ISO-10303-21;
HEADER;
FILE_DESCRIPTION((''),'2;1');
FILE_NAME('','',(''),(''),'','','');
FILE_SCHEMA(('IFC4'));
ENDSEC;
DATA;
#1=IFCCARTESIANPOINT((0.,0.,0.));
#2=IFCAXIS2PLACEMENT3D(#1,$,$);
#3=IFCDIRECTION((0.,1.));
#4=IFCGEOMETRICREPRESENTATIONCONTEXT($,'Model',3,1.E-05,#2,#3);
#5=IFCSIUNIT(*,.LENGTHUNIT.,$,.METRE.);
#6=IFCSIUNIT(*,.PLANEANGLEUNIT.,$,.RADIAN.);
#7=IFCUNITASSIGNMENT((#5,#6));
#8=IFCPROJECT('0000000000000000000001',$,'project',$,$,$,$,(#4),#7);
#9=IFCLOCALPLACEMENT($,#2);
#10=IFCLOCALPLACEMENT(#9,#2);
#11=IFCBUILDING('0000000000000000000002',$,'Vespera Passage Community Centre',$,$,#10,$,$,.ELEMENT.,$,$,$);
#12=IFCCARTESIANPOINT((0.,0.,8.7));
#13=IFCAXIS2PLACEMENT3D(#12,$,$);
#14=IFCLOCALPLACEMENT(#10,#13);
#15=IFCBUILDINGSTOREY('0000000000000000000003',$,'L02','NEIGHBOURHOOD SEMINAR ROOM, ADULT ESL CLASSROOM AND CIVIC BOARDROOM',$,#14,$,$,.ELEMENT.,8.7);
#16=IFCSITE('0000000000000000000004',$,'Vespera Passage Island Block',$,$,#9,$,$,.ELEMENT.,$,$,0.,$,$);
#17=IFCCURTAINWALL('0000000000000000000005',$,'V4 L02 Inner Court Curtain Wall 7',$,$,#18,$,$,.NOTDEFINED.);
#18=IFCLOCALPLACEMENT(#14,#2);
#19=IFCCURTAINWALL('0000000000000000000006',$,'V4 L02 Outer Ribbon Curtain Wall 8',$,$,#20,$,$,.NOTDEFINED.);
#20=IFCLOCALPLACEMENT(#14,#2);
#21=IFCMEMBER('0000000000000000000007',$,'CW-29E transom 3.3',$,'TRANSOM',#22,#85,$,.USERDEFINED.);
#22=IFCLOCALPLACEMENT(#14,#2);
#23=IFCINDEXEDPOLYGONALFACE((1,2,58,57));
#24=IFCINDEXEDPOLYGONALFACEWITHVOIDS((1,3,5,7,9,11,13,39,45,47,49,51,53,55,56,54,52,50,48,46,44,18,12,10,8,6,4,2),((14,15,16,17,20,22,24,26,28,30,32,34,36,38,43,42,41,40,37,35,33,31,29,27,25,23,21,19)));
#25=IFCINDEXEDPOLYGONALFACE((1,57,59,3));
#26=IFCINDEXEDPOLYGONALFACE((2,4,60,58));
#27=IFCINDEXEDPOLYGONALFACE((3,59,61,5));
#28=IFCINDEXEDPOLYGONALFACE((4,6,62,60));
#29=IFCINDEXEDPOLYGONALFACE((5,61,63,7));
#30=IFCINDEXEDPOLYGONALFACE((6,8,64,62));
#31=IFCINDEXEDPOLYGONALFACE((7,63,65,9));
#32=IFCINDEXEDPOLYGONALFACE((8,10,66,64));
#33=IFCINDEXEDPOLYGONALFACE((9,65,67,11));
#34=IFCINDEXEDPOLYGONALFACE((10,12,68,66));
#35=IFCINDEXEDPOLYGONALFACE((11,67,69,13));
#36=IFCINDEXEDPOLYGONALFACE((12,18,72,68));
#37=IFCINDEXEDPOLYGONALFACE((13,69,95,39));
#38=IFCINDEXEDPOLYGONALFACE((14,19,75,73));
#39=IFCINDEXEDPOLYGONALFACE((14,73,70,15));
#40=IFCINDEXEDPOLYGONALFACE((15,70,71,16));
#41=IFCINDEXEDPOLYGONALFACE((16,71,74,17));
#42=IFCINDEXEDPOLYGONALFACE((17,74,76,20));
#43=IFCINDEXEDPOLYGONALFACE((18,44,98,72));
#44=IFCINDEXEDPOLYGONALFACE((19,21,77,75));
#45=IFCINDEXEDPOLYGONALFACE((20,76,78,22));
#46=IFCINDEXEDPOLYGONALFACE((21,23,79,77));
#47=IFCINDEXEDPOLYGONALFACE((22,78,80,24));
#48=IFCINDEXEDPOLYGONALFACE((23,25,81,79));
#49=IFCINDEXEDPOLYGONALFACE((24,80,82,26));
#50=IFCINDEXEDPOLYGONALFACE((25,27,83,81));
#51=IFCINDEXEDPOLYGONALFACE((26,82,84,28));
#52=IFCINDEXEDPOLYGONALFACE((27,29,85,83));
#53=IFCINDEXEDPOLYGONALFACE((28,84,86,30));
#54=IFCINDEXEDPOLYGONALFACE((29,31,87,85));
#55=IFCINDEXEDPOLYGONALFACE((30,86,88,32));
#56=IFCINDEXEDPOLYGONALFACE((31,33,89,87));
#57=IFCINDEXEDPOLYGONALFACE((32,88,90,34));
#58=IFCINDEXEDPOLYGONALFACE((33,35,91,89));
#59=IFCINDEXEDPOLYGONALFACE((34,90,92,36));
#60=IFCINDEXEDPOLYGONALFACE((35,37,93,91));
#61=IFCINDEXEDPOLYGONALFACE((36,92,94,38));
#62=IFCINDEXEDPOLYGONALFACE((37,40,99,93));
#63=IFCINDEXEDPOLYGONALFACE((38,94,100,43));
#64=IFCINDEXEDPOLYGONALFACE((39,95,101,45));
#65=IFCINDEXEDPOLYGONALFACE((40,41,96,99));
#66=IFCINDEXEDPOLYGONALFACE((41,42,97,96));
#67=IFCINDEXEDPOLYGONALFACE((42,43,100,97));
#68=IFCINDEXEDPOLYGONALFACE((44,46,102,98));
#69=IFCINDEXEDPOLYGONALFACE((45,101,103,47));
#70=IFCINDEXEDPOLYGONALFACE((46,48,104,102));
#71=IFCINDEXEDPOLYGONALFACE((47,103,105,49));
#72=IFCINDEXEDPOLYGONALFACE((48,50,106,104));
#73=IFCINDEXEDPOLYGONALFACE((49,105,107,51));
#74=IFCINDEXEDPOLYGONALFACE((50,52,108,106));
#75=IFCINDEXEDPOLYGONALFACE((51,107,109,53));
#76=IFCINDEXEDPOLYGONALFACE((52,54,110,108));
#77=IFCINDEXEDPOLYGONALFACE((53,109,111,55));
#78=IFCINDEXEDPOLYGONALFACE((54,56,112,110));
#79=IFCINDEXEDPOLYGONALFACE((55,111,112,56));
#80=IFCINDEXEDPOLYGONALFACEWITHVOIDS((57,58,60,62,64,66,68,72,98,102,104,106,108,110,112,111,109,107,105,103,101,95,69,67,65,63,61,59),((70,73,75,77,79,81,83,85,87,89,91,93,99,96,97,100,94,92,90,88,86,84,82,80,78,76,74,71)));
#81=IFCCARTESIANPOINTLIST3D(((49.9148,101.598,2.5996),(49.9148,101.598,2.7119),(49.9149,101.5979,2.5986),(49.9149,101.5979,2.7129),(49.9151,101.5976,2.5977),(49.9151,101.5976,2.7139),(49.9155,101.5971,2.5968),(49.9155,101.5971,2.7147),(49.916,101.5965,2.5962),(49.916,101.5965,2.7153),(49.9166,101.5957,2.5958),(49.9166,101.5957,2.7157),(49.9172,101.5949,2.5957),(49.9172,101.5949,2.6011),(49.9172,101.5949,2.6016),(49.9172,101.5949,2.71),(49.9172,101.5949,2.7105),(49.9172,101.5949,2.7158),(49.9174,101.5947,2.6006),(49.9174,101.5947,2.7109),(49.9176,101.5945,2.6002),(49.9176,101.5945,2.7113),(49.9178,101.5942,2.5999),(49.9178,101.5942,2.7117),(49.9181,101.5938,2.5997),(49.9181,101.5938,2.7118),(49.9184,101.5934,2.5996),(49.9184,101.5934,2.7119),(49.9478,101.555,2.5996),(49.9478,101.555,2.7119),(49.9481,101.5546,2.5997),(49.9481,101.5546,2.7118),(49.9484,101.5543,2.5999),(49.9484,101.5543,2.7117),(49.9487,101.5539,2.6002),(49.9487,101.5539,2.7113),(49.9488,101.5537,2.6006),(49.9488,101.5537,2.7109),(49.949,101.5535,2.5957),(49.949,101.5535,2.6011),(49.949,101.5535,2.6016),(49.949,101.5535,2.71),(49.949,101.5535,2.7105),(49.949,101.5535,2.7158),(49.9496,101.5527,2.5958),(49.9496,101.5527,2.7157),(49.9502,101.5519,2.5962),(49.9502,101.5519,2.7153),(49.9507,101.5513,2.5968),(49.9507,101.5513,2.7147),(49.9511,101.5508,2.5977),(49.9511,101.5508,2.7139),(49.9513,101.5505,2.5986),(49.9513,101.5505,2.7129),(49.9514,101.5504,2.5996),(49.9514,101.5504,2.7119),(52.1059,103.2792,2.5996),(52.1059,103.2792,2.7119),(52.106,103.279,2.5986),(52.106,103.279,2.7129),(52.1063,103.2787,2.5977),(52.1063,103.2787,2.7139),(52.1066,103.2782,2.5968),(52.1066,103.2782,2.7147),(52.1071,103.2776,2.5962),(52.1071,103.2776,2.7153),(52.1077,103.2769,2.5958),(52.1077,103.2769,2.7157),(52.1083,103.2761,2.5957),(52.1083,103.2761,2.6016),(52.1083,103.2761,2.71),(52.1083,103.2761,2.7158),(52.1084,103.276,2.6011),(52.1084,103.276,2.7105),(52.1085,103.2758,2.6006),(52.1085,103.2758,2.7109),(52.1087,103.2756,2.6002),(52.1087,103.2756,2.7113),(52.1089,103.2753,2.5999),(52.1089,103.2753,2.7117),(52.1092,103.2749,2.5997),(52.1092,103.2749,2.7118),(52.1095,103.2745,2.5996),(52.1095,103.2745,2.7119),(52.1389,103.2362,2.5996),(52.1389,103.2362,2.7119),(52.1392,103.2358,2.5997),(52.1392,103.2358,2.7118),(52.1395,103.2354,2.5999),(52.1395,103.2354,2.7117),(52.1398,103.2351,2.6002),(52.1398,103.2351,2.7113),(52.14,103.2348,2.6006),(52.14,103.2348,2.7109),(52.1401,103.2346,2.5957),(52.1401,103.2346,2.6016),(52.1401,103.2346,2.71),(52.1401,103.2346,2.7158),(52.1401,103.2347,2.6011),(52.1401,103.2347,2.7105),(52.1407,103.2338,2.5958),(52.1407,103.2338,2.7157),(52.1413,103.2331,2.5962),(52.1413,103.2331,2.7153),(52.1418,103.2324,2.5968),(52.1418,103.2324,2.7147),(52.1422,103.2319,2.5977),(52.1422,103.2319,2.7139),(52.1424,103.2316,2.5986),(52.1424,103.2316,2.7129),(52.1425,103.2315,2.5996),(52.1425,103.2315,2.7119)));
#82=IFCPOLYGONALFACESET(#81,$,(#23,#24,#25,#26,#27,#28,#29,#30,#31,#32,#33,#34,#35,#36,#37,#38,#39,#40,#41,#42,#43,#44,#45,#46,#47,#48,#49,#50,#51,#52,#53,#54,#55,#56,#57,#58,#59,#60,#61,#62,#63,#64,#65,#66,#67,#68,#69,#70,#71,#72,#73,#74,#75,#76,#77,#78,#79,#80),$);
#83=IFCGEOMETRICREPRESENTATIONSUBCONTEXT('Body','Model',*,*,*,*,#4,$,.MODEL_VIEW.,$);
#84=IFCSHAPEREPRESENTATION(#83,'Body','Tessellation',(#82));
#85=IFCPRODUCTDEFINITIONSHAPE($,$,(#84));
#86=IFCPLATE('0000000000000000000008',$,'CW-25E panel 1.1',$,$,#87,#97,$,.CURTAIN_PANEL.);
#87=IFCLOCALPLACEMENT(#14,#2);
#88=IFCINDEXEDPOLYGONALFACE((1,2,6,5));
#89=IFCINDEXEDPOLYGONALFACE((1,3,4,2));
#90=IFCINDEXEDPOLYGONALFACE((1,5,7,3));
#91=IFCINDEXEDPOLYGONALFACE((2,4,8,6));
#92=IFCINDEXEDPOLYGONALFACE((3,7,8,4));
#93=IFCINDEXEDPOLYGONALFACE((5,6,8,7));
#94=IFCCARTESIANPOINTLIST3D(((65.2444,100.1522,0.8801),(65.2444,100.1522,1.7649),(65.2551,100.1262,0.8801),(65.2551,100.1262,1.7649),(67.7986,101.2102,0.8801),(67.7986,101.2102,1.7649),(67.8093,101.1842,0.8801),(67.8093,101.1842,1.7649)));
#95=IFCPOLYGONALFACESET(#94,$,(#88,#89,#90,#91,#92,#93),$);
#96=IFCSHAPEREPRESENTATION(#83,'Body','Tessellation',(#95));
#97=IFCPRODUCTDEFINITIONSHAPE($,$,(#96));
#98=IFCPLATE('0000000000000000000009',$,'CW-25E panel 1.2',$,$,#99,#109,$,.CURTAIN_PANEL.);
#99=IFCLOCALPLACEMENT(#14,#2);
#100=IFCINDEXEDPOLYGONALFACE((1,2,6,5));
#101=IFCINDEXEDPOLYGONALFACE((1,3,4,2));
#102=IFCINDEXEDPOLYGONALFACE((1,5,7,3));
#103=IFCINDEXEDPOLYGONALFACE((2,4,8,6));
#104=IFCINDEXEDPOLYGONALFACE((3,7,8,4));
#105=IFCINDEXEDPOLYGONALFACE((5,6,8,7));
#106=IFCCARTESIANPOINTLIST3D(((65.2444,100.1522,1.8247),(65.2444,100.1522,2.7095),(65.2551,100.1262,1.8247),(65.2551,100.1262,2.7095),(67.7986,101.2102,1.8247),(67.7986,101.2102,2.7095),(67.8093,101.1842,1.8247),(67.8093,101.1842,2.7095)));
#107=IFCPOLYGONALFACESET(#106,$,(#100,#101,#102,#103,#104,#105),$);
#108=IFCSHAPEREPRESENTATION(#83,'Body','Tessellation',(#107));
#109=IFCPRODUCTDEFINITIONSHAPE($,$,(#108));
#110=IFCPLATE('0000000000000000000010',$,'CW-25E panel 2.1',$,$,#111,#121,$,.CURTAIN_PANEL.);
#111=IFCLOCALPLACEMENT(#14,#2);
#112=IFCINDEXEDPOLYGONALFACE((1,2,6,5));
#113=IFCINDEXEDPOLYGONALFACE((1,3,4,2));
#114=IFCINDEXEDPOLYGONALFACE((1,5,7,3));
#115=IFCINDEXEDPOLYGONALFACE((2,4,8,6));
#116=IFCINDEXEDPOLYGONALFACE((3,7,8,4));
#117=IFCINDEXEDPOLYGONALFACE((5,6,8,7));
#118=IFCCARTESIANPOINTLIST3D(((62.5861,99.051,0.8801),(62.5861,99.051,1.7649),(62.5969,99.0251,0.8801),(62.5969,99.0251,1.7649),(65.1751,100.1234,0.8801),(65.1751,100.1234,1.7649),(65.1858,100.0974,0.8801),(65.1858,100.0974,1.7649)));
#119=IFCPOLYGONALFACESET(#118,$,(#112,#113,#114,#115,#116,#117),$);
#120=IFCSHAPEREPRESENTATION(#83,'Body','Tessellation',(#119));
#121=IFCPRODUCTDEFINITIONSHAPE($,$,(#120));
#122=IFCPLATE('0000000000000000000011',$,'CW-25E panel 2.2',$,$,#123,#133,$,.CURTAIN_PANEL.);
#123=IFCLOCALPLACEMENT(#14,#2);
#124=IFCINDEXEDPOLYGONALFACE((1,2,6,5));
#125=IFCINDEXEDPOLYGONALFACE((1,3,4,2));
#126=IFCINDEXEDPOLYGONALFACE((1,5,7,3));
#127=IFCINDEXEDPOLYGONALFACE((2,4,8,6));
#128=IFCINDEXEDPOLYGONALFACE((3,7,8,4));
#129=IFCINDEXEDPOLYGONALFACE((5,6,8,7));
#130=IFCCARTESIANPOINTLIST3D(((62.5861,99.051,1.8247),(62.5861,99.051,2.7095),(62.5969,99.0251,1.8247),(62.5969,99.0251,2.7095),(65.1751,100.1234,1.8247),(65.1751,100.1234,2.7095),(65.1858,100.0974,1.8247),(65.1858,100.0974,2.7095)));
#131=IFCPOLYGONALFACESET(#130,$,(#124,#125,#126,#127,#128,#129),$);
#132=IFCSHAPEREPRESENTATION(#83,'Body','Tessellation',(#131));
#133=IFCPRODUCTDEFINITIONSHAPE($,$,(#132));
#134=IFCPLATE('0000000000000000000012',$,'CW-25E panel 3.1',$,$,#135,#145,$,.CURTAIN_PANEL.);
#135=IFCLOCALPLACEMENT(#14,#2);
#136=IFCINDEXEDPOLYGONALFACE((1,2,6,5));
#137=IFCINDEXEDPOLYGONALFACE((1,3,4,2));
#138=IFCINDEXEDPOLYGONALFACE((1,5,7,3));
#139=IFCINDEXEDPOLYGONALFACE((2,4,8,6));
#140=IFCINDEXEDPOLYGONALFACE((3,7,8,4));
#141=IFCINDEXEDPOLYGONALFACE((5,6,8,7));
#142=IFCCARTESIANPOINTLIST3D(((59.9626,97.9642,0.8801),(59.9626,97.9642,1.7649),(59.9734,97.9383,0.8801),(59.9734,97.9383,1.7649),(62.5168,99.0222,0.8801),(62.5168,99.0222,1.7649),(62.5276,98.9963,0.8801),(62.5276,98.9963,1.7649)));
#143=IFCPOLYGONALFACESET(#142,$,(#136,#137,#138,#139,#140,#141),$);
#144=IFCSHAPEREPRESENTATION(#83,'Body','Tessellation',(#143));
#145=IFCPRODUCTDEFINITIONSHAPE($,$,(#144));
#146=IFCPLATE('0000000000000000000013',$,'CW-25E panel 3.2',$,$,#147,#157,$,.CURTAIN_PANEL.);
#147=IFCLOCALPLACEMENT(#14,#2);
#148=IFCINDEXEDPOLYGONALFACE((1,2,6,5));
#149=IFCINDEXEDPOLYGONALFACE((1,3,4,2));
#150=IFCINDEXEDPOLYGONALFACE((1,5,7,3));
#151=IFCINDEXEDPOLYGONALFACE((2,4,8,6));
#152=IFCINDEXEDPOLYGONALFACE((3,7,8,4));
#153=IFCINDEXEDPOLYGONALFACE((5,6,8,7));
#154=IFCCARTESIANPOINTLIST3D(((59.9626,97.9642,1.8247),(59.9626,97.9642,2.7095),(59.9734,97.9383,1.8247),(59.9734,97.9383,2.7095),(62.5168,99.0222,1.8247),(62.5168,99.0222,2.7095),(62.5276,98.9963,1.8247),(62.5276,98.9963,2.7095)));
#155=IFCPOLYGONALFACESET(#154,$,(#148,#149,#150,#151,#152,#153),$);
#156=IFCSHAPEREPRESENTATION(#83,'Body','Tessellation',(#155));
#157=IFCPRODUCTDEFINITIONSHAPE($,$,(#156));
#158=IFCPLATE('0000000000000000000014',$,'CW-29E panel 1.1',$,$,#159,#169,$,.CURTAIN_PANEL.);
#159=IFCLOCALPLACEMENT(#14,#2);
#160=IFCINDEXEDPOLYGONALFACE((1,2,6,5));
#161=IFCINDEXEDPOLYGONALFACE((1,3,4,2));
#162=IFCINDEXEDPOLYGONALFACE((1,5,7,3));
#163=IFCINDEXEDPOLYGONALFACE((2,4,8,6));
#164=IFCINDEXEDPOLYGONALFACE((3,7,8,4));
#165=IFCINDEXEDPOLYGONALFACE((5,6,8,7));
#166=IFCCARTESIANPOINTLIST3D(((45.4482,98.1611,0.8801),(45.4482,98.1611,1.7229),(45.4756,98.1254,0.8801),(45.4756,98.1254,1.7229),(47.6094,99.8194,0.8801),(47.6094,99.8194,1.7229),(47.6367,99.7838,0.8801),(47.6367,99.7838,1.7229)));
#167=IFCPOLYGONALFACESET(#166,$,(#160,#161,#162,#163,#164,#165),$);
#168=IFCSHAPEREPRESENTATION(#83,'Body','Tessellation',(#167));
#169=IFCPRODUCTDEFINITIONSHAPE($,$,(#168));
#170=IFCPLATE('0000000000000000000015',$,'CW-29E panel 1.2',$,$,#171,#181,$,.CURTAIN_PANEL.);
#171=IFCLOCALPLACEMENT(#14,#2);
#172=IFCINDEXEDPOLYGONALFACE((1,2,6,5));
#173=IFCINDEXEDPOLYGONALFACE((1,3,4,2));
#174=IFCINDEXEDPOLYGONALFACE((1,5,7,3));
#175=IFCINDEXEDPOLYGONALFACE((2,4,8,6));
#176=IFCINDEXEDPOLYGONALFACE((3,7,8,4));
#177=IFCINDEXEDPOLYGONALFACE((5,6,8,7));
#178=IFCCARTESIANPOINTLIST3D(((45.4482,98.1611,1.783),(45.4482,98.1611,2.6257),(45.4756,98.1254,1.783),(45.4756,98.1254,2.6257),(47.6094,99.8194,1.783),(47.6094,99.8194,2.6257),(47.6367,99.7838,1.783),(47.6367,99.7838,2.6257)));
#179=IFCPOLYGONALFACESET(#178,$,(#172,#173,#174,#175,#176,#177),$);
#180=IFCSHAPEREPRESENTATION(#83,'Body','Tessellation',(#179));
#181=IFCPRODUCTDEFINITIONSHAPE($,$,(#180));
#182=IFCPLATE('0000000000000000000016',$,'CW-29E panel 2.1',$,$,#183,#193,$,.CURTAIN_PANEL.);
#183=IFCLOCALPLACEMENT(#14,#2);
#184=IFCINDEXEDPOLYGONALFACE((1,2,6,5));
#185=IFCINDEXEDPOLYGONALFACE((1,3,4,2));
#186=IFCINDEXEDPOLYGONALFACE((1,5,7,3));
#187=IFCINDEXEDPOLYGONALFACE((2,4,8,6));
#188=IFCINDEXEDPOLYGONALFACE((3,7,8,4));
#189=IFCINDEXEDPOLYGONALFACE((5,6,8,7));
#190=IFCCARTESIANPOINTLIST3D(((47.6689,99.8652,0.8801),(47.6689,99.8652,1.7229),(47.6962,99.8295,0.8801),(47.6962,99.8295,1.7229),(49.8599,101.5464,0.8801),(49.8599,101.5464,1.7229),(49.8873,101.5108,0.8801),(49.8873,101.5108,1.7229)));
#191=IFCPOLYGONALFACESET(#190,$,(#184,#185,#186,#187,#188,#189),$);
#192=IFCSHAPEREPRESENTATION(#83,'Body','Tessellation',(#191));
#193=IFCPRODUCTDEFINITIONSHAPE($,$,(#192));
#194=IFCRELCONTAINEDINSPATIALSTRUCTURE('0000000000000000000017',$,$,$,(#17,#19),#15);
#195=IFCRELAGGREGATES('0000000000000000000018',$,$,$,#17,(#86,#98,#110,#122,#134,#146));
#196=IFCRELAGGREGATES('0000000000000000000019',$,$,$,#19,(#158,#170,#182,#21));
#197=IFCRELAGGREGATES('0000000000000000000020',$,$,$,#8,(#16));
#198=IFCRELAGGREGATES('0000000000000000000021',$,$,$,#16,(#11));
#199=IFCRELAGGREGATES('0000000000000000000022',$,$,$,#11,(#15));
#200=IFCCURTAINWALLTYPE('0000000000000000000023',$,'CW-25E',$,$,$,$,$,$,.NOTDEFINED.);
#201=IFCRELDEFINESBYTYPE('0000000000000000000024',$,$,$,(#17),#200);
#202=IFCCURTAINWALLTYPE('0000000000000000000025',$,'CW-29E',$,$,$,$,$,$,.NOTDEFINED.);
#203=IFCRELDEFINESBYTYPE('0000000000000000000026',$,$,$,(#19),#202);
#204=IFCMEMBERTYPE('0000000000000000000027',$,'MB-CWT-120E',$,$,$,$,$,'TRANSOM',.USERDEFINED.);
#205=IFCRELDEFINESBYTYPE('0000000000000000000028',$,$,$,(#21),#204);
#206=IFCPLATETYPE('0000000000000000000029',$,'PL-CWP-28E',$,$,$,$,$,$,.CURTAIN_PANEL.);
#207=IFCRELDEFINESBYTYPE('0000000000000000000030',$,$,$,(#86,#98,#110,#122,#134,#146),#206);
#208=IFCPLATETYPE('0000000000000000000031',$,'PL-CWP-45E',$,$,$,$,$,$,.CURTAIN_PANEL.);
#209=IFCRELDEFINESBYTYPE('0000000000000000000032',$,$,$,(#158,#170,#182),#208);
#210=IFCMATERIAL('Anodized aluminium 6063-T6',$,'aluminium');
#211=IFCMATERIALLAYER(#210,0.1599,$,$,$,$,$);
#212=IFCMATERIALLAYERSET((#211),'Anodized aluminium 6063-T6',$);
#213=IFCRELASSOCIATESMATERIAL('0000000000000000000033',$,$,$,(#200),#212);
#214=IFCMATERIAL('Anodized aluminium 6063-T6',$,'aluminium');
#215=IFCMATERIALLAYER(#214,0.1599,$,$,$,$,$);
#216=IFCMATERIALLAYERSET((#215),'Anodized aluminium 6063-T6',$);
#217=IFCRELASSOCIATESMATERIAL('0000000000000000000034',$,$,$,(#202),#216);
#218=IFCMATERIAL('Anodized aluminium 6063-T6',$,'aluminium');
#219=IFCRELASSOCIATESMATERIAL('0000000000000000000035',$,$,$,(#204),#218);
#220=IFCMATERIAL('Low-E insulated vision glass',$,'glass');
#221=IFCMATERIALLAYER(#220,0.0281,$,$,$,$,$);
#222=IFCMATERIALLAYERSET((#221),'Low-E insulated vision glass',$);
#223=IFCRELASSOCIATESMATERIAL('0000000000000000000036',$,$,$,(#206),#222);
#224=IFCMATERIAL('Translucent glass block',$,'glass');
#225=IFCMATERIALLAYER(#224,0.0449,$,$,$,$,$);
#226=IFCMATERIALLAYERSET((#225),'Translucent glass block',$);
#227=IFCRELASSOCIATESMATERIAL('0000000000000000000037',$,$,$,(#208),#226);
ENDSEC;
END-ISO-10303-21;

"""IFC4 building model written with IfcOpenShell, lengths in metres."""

from ifc_helpers import new_model, si_unit, direction, frame, origin, origin_2d, place, context, subcontext, project, spatial, rectangle, hollow_rectangle, extrude, material, layer, layer_set, material_profile, profile_set, type_object, element, aggregate, save


model = new_model("IFC4")

# Units and contexts
model_context = context("Model", 3, precision=1e-05, world=origin(), true_north=direction((0.0, 1.0)))
body_context = subcontext(model_context, "Body", "Model", "MODEL_VIEW")
ifc_project = project(units=[si_unit("LENGTHUNIT", "METRE"), si_unit("PLANEANGLEUNIT", "RADIAN")], contexts=[model_context])

# Site, building, storey
site_placement = place(None, origin())
site = spatial("IfcSite", under=ifc_project, at=site_placement, Name="Vespera Passage Island Block", CompositionType="ELEMENT", RefElevation=0.0)
building_placement = place(site_placement, origin())
building = spatial("IfcBuilding", under=site, at=building_placement, Name="Vespera Passage Community Centre", CompositionType="ELEMENT")
storey_placement = place(building_placement, frame((0.0, 0.0, 8.7)))
storey = spatial("IfcBuildingStorey", under=building, at=storey_placement, Name="L02", Description="NEIGHBOURHOOD SEMINAR ROOM, ADULT ESL CLASSROOM AND CIVIC BOARDROOM", CompositionType="ELEMENT", Elevation=8.7)

# Curtain walls
ifc_material_1 = material(Name="Anodized aluminium 6063-T6", Category="aluminium")
ifc_layer_1 = layer(ifc_material_1, 0.1599)
ifc_layer_set_1 = layer_set([ifc_layer_1], Name="Anodized aluminium 6063-T6")
curtain_wall_type_1 = type_object("IfcCurtainWallType", Name="CW-25E", PredefinedType="NOTDEFINED", material=ifc_layer_set_1)
curtain_wall_1_placement = place(storey_placement, origin())
curtain_wall_1 = element("IfcCurtainWall", 1, at=curtain_wall_1_placement, inside=storey, type_object=curtain_wall_type_1, Name="V4 L02 Inner Court Curtain Wall 7", PredefinedType="NOTDEFINED")
ifc_material_2 = material(Name="Anodized aluminium 6063-T6", Category="aluminium")
ifc_layer_2 = layer(ifc_material_2, 0.1599)
ifc_layer_set_2 = layer_set([ifc_layer_2], Name="Anodized aluminium 6063-T6")
curtain_wall_type_2 = type_object("IfcCurtainWallType", Name="CW-29E", PredefinedType="NOTDEFINED", material=ifc_layer_set_2)
curtain_wall_2_placement = place(storey_placement, origin())
curtain_wall_2 = element("IfcCurtainWall", 2, at=curtain_wall_2_placement, inside=storey, type_object=curtain_wall_type_2, Name="V4 L02 Outer Ribbon Curtain Wall 8", PredefinedType="NOTDEFINED")

# Member
ifc_material_3 = material(Name="Anodized aluminium 6063-T6", Category="aluminium")
ifc_material_profile_1 = material_profile(ifc_material_3, hollow_rectangle(XDim=0.0601, YDim=0.1201, WallThickness=0.0039, InnerFilletRadius=0.002, OuterFilletRadius=0.0039, at=origin_2d()), Name="ALU120X60X4")
ifc_profile_set_1 = profile_set([ifc_material_profile_1], Name="Anodized aluminium 6063-T6")
member_type_1 = type_object("IfcMemberType", Name="MB-CWT-120E", ElementType="TRANSOM", PredefinedType="USERDEFINED", material=ifc_profile_set_1)
member_1_placement = place(storey_placement, frame((49.9331, 101.5742, 2.6558), z_axis=(0.793386, 0.608719, 0.0), x_axis=(-0.608719, 0.793386, 0.0)))
member_1 = element("IfcMember", 3, at=member_1_placement, type_object=member_type_1, Name="CW-29E transom 3.3", ObjectType="TRANSOM", PredefinedType="USERDEFINED", context=body_context, shape_type="SweptSolid", body=[
    extrude(hollow_rectangle(XDim=0.0601, YDim=0.1201, WallThickness=0.0039, InnerFilletRadius=0.002, OuterFilletRadius=0.0039, at=origin_2d()), origin(), (0.0, 0.0, 1.0), 2.7617),
])

# Plates
ifc_material_4 = material(Name="Low-E insulated vision glass", Category="glass")
ifc_layer_3 = layer(ifc_material_4, 0.0281)
ifc_layer_set_3 = layer_set([ifc_layer_3], Name="Low-E insulated vision glass")
plate_type_1 = type_object("IfcPlateType", Name="PL-CWP-28E", PredefinedType="CURTAIN_PANEL", material=ifc_layer_set_3)
plate_1_placement = place(storey_placement, frame((66.5269, 100.6682, 0.8801), z_axis=(0.0, 0.0, 1.0), x_axis=(-0.923877, -0.38269, 0.0)))
plate_1 = element("IfcPlate", 4, at=plate_1_placement, type_object=plate_type_1, Name="CW-25E panel 1.1", PredefinedType="CURTAIN_PANEL", context=body_context, shape_type="SweptSolid", body=[
    extrude(rectangle(XDim=2.7646, YDim=0.0281, at=origin_2d()), origin(), (0.0, 0.0, 1.0), 0.8848),
])
plate_2_placement = place(storey_placement, frame((66.5269, 100.6682, 1.8247), z_axis=(0.0, 0.0, 1.0), x_axis=(-0.923877, -0.38269, 0.0)))
plate_2 = element("IfcPlate", 5, at=plate_2_placement, type_object=plate_type_1, Name="CW-25E panel 1.2", PredefinedType="CURTAIN_PANEL", context=body_context, shape_type="SweptSolid", body=[
    extrude(rectangle(XDim=2.7646, YDim=0.0281, at=origin_2d()), origin(), (0.0, 0.0, 1.0), 0.8848),
])
plate_3_placement = place(storey_placement, frame((63.886, 99.5742, 0.8801), z_axis=(0.0, 0.0, 1.0), x_axis=(-0.923877, -0.38269, 0.0)))
plate_3 = element("IfcPlate", 6, at=plate_3_placement, type_object=plate_type_1, Name="CW-25E panel 2.1", PredefinedType="CURTAIN_PANEL", context=body_context, shape_type="SweptSolid", body=[
    extrude(rectangle(XDim=2.8022, YDim=0.0281, at=origin_2d()), origin(), (0.0, 0.0, 1.0), 0.8848),
])
plate_4_placement = place(storey_placement, frame((63.886, 99.5742, 1.8247), z_axis=(0.0, 0.0, 1.0), x_axis=(-0.923877, -0.38269, 0.0)))
plate_4 = element("IfcPlate", 7, at=plate_4_placement, type_object=plate_type_1, Name="CW-25E panel 2.2", PredefinedType="CURTAIN_PANEL", context=body_context, shape_type="SweptSolid", body=[
    extrude(rectangle(XDim=2.8022, YDim=0.0281, at=origin_2d()), origin(), (0.0, 0.0, 1.0), 0.8848),
])
plate_5_placement = place(storey_placement, frame((61.2451, 98.4802, 0.8801), z_axis=(0.0, 0.0, 1.0), x_axis=(-0.923877, -0.38269, 0.0)))
plate_5 = element("IfcPlate", 8, at=plate_5_placement, type_object=plate_type_1, Name="CW-25E panel 3.1", PredefinedType="CURTAIN_PANEL", context=body_context, shape_type="SweptSolid", body=[
    extrude(rectangle(XDim=2.7646, YDim=0.0281, at=origin_2d()), origin(), (0.0, 0.0, 1.0), 0.8848),
])
plate_6_placement = place(storey_placement, frame((61.2451, 98.4802, 1.8247), z_axis=(0.0, 0.0, 1.0), x_axis=(-0.923877, -0.38269, 0.0)))
plate_6 = element("IfcPlate", 9, at=plate_6_placement, type_object=plate_type_1, Name="CW-25E panel 3.2", PredefinedType="CURTAIN_PANEL", context=body_context, shape_type="SweptSolid", body=[
    extrude(rectangle(XDim=2.7646, YDim=0.0281, at=origin_2d()), origin(), (0.0, 0.0, 1.0), 0.8848),
])
aggregate(curtain_wall_1, [plate_1, plate_2, plate_3, plate_4, plate_5, plate_6])
ifc_material_5 = material(Name="Translucent glass block", Category="glass")
ifc_layer_4 = layer(ifc_material_5, 0.0449)
ifc_layer_set_4 = layer_set([ifc_layer_4], Name="Translucent glass block")
plate_type_2 = type_object("IfcPlateType", Name="PL-CWP-45E", PredefinedType="CURTAIN_PANEL", material=ifc_layer_set_4)
plate_7_placement = place(storey_placement, frame((46.5425, 98.9724, 0.8801), z_axis=(0.0, 0.0, 1.0), x_axis=(0.793348, 0.608768, 0.0)))
plate_7 = element("IfcPlate", 10, at=plate_7_placement, type_object=plate_type_2, Name="CW-29E panel 1.1", PredefinedType="CURTAIN_PANEL", context=body_context, shape_type="SweptSolid", body=[
    extrude(rectangle(XDim=2.7241, YDim=0.0449, at=origin_2d()), origin(), (0.0, 0.0, 1.0), 0.8428),
])
plate_8_placement = place(storey_placement, frame((46.5425, 98.9724, 1.783), z_axis=(0.0, 0.0, 1.0), x_axis=(0.793348, 0.608768, 0.0)))
plate_8 = element("IfcPlate", 11, at=plate_8_placement, type_object=plate_type_2, Name="CW-29E panel 1.2", PredefinedType="CURTAIN_PANEL", context=body_context, shape_type="SweptSolid", body=[
    extrude(rectangle(XDim=2.7241, YDim=0.0449, at=origin_2d()), origin(), (0.0, 0.0, 1.0), 0.8428),
])
plate_9_placement = place(storey_placement, frame((48.7781, 100.688, 0.8801), z_axis=(0.0, 0.0, 1.0), x_axis=(0.793348, 0.608768, 0.0)))
plate_9 = element("IfcPlate", 12, at=plate_9_placement, type_object=plate_type_2, Name="CW-29E panel 2.1", PredefinedType="CURTAIN_PANEL", context=body_context, shape_type="SweptSolid", body=[
    extrude(rectangle(XDim=2.7617, YDim=0.0449, at=origin_2d()), origin(), (0.0, 0.0, 1.0), 0.8428),
])
aggregate(curtain_wall_2, [plate_7, plate_8, plate_9, member_1])

save(model, "model.ifc")
